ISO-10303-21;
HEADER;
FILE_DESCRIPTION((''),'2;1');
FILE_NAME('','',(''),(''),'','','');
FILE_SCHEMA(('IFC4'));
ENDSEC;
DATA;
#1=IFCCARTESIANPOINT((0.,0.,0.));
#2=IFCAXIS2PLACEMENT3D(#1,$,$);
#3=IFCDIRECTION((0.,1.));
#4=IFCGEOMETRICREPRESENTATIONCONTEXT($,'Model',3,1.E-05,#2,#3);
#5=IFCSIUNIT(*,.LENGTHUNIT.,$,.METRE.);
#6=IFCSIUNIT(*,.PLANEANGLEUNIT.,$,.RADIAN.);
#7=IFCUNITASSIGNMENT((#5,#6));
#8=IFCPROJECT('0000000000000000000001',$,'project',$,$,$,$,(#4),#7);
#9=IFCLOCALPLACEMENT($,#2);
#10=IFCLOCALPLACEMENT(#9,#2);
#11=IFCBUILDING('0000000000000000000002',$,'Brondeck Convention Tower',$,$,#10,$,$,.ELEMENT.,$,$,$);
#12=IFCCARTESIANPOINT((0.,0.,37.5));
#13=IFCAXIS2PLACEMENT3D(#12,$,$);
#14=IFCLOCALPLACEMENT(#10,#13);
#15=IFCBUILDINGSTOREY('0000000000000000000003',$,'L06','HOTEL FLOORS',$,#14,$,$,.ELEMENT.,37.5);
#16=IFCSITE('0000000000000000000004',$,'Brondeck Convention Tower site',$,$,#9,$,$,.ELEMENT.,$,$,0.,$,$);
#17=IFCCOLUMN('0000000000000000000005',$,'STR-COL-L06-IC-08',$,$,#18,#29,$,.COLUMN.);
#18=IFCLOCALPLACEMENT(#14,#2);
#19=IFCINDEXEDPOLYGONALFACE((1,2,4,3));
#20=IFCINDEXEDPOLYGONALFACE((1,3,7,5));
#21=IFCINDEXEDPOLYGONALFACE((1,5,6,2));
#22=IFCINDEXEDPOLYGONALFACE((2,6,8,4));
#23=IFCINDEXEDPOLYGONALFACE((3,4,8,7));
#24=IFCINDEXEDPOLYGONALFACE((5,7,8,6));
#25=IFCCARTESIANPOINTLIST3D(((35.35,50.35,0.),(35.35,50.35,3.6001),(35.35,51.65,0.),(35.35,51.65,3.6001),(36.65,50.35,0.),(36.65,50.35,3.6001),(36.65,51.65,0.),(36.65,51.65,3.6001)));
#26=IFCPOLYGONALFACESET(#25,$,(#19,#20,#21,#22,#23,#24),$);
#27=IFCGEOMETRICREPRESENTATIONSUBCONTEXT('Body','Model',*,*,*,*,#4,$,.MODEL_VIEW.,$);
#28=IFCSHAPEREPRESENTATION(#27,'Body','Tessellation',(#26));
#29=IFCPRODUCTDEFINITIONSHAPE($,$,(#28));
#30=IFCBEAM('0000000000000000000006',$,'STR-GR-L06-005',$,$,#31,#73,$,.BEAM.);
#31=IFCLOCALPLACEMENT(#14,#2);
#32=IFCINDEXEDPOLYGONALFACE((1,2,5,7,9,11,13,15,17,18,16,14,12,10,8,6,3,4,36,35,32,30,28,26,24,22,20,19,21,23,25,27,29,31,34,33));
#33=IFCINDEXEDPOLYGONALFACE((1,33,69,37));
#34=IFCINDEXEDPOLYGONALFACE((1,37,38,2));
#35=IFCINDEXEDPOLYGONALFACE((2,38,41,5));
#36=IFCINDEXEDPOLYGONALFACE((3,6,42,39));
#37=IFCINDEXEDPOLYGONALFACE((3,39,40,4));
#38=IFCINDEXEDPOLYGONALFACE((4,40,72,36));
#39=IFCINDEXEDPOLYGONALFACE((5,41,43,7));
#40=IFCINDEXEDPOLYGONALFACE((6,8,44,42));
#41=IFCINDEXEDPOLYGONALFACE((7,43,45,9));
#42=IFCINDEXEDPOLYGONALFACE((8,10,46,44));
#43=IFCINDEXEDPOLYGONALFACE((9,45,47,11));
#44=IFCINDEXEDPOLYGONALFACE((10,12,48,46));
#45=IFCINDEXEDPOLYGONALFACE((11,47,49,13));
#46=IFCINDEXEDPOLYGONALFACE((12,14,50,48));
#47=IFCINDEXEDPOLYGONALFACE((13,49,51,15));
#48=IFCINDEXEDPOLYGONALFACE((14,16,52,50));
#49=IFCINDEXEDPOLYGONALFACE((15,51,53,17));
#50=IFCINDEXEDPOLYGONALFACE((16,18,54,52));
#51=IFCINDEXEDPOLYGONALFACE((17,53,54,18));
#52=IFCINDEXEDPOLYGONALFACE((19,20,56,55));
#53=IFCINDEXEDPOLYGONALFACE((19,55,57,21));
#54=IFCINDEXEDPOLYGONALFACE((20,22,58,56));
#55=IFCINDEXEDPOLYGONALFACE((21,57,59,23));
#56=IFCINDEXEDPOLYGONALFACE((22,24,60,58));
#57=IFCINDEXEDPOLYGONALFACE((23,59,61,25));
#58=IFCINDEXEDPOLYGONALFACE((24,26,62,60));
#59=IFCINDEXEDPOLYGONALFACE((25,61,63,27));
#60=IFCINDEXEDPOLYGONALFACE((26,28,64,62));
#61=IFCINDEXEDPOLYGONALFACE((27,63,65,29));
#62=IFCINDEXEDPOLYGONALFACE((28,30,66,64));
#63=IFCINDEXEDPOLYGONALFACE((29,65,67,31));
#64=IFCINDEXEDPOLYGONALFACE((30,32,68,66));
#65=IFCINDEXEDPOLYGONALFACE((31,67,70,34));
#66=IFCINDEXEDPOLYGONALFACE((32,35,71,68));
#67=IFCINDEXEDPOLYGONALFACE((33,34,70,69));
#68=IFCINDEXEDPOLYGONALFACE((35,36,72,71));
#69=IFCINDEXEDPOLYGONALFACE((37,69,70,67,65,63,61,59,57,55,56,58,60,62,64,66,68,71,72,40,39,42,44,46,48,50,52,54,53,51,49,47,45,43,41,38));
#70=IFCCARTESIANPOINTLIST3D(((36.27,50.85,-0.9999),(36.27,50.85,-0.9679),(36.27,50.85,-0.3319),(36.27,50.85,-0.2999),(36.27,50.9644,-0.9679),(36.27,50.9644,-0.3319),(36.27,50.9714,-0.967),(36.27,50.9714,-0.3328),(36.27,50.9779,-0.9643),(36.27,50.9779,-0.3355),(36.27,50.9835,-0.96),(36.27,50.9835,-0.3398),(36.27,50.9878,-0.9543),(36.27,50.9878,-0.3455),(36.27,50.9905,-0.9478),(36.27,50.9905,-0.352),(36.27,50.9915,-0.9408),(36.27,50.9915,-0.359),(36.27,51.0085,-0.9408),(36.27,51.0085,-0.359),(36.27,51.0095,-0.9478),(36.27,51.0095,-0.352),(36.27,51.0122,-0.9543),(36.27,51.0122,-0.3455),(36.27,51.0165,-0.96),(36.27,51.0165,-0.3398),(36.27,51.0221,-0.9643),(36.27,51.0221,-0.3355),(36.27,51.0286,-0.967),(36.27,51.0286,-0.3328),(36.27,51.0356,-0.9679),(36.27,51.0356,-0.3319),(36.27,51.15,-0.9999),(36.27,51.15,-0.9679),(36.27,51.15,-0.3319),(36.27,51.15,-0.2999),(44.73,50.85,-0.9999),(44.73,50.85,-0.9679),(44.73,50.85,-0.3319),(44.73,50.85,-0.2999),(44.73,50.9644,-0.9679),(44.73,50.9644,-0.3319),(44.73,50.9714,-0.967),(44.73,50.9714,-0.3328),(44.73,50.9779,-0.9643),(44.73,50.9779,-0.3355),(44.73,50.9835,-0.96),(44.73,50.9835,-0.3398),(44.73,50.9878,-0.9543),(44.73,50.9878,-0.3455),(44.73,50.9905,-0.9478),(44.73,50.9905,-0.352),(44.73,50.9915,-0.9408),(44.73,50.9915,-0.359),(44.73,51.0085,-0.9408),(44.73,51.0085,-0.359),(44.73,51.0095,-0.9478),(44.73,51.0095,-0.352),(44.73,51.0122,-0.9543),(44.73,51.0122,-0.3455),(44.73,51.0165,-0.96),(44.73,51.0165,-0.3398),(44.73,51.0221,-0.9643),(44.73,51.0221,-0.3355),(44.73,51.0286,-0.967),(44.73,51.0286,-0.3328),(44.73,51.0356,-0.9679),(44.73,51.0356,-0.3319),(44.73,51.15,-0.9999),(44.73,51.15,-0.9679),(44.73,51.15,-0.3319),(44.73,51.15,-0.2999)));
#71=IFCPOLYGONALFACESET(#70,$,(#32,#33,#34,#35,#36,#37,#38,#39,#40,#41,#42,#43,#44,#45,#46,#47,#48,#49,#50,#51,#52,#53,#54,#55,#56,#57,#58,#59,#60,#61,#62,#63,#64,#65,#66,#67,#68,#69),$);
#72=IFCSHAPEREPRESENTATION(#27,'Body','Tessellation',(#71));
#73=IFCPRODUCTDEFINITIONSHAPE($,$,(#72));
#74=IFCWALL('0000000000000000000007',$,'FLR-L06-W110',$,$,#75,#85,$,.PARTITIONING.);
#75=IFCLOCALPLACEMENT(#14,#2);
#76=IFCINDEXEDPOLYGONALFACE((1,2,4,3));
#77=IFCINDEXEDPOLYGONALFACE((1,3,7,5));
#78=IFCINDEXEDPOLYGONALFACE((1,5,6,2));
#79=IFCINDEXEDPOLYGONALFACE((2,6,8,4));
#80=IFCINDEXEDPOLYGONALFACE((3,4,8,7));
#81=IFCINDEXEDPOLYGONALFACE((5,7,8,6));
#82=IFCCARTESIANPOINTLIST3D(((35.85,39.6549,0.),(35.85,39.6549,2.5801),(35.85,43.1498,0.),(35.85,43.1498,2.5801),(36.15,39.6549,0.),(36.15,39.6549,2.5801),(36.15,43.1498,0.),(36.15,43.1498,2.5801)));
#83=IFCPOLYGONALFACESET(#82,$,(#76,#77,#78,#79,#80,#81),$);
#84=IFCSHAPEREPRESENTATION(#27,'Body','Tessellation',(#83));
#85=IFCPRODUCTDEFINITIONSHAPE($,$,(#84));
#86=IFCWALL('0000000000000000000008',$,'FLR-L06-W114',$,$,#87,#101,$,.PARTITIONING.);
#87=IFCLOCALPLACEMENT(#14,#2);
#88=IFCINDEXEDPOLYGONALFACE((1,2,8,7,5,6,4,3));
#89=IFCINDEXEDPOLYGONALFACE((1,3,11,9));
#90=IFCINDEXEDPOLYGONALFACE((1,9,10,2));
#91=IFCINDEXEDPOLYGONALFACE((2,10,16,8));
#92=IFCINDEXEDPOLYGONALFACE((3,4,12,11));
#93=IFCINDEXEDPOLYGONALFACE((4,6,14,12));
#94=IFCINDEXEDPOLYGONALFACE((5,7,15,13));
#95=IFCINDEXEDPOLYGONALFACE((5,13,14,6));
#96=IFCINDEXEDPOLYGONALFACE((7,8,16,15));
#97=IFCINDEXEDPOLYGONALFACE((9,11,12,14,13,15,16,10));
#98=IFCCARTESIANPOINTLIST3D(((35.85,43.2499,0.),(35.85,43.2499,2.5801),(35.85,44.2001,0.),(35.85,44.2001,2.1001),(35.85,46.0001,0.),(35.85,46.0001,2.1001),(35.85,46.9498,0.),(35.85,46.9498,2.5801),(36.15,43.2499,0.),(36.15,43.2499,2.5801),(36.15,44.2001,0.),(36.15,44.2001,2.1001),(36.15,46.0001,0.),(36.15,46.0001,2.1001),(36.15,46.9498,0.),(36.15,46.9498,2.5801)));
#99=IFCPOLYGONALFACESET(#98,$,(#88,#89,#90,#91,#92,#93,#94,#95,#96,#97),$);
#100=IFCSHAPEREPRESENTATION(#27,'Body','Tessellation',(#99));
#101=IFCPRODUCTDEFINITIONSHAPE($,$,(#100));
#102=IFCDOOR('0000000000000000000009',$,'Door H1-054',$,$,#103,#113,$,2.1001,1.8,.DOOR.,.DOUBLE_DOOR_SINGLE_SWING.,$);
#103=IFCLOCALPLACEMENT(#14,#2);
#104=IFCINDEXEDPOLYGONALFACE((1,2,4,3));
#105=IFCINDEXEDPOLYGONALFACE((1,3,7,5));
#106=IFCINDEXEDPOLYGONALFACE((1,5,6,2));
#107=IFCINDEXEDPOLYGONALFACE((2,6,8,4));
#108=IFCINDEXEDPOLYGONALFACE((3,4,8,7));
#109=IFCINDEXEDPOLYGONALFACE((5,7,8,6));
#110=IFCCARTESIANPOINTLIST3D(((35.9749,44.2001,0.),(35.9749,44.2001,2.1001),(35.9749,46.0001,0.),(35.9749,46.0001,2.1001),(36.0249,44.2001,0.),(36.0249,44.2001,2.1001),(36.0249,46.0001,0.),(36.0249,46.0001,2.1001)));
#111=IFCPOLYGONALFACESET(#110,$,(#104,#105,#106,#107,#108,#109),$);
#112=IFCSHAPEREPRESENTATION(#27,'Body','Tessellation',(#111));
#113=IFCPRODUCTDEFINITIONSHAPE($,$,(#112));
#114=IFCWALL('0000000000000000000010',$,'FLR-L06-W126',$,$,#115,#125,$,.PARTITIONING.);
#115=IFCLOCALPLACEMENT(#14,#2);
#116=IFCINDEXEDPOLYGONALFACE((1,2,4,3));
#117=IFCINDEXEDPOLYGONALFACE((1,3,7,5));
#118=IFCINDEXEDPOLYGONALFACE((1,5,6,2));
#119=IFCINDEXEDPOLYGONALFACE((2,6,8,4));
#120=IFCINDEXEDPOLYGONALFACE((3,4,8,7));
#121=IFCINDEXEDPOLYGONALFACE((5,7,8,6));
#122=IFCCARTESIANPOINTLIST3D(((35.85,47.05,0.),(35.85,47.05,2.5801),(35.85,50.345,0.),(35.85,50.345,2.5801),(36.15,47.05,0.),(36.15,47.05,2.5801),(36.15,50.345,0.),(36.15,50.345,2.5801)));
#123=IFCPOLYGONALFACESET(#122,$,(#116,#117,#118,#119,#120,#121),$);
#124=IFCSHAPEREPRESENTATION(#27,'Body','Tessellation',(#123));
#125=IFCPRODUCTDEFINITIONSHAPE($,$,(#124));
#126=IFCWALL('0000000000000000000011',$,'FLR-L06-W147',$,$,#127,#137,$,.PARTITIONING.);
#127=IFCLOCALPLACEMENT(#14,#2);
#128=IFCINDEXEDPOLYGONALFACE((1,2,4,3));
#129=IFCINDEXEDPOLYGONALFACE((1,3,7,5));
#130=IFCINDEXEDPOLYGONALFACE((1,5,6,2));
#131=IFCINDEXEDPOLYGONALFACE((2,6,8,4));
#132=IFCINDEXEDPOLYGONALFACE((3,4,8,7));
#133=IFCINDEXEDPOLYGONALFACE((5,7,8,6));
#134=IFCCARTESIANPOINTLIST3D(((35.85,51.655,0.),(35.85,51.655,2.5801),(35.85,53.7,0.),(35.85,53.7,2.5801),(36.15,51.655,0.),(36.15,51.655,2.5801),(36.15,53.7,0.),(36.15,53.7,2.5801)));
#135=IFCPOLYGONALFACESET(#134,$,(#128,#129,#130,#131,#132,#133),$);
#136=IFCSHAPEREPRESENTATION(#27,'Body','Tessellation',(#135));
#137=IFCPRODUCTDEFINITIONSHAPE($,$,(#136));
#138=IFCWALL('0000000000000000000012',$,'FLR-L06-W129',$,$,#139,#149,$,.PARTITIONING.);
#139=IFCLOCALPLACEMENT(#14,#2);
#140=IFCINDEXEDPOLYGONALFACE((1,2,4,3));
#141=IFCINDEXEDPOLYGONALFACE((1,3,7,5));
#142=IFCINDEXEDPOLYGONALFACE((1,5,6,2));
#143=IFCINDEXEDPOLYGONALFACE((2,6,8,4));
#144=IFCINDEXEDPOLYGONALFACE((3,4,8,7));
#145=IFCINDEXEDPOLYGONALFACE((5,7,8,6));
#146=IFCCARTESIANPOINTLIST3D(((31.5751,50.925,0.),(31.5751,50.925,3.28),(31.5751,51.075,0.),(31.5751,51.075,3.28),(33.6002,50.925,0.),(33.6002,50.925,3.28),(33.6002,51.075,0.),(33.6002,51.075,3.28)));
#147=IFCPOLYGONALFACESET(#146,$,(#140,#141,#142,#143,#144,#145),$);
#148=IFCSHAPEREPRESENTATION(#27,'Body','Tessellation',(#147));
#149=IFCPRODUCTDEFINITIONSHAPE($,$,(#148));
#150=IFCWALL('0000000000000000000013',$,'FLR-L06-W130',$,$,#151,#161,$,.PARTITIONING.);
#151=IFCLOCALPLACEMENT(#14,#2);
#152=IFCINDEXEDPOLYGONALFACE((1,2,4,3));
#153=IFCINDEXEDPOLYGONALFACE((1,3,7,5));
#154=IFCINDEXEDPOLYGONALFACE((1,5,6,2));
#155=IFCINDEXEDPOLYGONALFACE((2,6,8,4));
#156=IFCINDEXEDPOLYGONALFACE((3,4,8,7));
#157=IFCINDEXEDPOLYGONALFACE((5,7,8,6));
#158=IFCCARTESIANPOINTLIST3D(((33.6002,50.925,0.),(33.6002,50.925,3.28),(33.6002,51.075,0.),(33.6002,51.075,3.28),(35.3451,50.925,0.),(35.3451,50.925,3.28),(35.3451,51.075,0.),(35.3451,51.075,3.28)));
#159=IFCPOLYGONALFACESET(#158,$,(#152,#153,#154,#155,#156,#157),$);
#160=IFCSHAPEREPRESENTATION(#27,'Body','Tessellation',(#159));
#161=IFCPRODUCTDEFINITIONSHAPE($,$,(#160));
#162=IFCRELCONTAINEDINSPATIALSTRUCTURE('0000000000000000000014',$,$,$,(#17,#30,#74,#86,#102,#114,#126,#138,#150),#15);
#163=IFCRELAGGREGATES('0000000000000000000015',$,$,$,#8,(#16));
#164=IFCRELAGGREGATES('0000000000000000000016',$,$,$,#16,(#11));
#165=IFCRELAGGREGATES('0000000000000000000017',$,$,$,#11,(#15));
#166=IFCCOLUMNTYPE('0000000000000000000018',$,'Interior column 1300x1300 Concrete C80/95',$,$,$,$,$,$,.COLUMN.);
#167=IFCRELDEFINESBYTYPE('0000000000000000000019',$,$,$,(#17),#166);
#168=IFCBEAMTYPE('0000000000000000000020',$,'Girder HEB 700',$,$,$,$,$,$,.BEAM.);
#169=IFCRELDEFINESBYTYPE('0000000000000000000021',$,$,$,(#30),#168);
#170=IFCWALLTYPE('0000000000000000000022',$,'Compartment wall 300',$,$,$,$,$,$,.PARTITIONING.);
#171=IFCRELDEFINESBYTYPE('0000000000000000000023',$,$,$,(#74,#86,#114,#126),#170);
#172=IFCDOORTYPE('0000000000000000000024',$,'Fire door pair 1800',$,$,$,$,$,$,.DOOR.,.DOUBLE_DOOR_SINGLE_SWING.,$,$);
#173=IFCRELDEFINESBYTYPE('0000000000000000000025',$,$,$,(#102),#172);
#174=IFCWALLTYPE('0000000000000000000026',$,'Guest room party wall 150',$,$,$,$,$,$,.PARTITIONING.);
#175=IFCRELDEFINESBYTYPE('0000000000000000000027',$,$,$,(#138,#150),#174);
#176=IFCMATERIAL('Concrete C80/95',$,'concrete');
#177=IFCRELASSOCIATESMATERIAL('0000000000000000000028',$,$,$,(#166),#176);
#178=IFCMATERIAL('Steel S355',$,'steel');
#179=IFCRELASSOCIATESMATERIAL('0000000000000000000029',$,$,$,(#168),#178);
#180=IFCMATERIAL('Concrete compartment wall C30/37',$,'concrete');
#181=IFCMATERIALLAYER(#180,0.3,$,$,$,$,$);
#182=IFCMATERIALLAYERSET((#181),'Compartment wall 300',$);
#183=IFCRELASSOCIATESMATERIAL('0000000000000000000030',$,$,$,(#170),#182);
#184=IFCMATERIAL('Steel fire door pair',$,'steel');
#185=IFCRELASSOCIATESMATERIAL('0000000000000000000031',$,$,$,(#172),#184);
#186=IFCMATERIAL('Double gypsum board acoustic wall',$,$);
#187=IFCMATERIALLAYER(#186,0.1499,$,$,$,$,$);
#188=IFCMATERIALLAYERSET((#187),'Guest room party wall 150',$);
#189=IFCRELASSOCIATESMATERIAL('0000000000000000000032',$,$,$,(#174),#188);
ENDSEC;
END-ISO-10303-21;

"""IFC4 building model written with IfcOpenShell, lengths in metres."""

from ifc_helpers import new_model, si_unit, direction, frame, frame_2d, origin, origin_2d, place, context, subcontext, project, spatial, rectangle, i_section, extrude, material, layer, layer_set, material_profile, profile_set, type_object, element, fill, save


model = new_model("IFC4")

# Units and contexts
model_context = context("Model", 3, precision=1e-05, world=origin(), true_north=direction((0.0, 1.0)))
body_context = subcontext(model_context, "Body", "Model", "MODEL_VIEW")
ifc_project = project(units=[si_unit("LENGTHUNIT", "METRE"), si_unit("PLANEANGLEUNIT", "RADIAN")], contexts=[model_context])

# Site, building, storey
site_placement = place(None, origin())
site = spatial("IfcSite", under=ifc_project, at=site_placement, Name="Brondeck Convention Tower site", CompositionType="ELEMENT", RefElevation=0.0)
building_placement = place(site_placement, origin())
building = spatial("IfcBuilding", under=site, at=building_placement, Name="Brondeck Convention Tower", CompositionType="ELEMENT")
storey_placement = place(building_placement, frame((0.0, 0.0, 37.5)))
storey = spatial("IfcBuildingStorey", under=building, at=storey_placement, Name="L06", Description="HOTEL FLOORS", CompositionType="ELEMENT", Elevation=37.5)

# Column
ifc_material_1 = material(Name="Concrete C80/95", Category="concrete")
ifc_material_profile_1 = material_profile(ifc_material_1, rectangle(XDim=1.3, YDim=1.3, at=origin_2d()), Name="Interior column 1300x1300 Concrete C80/95")
ifc_profile_set_1 = profile_set([ifc_material_profile_1], Name="Concrete C80/95")
column_type = type_object("IfcColumnType", Name="Interior column 1300x1300 Concrete C80/95", PredefinedType="COLUMN", material=ifc_profile_set_1)
column_placement = place(storey_placement, frame((36.0, 51.0, 0.0), z_axis=(0.0, 0.0, 1.0), x_axis=(1.0, 0.0, 0.0)))
element("IfcColumn", 1, at=column_placement, inside=storey, type_object=column_type, Name="STR-COL-L06-IC-08", PredefinedType="COLUMN", context=body_context, shape_type="SweptSolid", body=[
    extrude(rectangle(XDim=1.3, YDim=1.3, at=origin_2d()), origin(), (0.0, 0.0, 1.0), 3.6001),
])

# Beam
ifc_material_2 = material(Name="Steel S355", Category="steel")
ifc_material_profile_2 = material_profile(ifc_material_2, i_section(OverallWidth=0.3, OverallDepth=0.7, WebThickness=0.0171, FlangeThickness=0.032, FilletRadius=0.0271, at=origin_2d()), Name="HEB 700")
ifc_profile_set_2 = profile_set([ifc_material_profile_2], Name="Steel S355")
beam_type = type_object("IfcBeamType", Name="Girder HEB 700", PredefinedType="BEAM", material=ifc_profile_set_2)
beam_placement = place(storey_placement, frame((36.27, 51.0, -0.6499), z_axis=(1.0, 0.0, 0.0), x_axis=(0.0, 1.0, 0.0)))
element("IfcBeam", 2, at=beam_placement, inside=storey, type_object=beam_type, Name="STR-GR-L06-005", PredefinedType="BEAM", context=body_context, shape_type="SweptSolid", body=[
    extrude(i_section(OverallWidth=0.3, OverallDepth=0.7, WebThickness=0.0171, FlangeThickness=0.032, FilletRadius=0.0271, at=origin_2d()), origin(), (0.0, 0.0, 1.0), 8.46),
])

# Wall
ifc_material_3 = material(Name="Concrete compartment wall C30/37", Category="concrete")
ifc_layer_1 = layer(ifc_material_3, 0.3)
ifc_layer_set_1 = layer_set([ifc_layer_1], Name="Compartment wall 300")
wall_type_1 = type_object("IfcWallType", Name="Compartment wall 300", PredefinedType="PARTITIONING", material=ifc_layer_set_1)
wall_1_placement = place(storey_placement, frame((36.0, 43.1499, 0.0), z_axis=(0.0, 0.0, 1.0), x_axis=(0.0, -1.0, 0.0)))
element("IfcWall", 3, at=wall_1_placement, inside=storey, type_object=wall_type_1, Name="FLR-L06-W110", PredefinedType="PARTITIONING", context=body_context, shape_type="SweptSolid", body=[
    extrude(rectangle(XDim=3.4949, YDim=0.3, at=frame_2d((1.7476, 0.0))), origin(), (0.0, 0.0, 1.0), 2.5801),
])

# Wall, opening, door
wall_2_placement = place(storey_placement, frame((36.0, 46.95, 0.0), z_axis=(0.0, 0.0, 1.0), x_axis=(0.0, -1.0, 0.0)))
wall_2 = element("IfcWall", 4, at=wall_2_placement, inside=storey, type_object=wall_type_1, Name="FLR-L06-W114", PredefinedType="PARTITIONING", context=body_context, shape_type="SweptSolid", body=[
    extrude(rectangle(XDim=3.7, YDim=0.3, at=frame_2d((1.8501, 0.0))), origin(), (0.0, 0.0, 1.0), 2.5801),
])
opening_1_placement = place(wall_2_placement, frame((0.95, 0.0, 0.0)))
opening_1 = element("IfcOpeningElement", 5, at=opening_1_placement, cuts=wall_2, PredefinedType="OPENING", context=body_context, shape_type="SweptSolid", body=[
    extrude(rectangle(XDim=1.8, YDim=2.1001, at=frame_2d((0.8999, 1.05))), frame((0.0, 0.1599, 0.0), z_axis=(0.0, -1.0, 0.0), x_axis=(1.0, 0.0, 0.0)), (0.0, 0.0, 1.0), 0.3201),
])
ifc_material_4 = material(Name="Steel fire door pair", Category="steel")
door_type_1 = type_object("IfcDoorType", Name="Fire door pair 1800", OperationType="DOUBLE_DOOR_SINGLE_SWING", PredefinedType="DOOR", material=ifc_material_4)
door_1_placement = place(opening_1_placement, origin())
door_1 = element("IfcDoor", 6, at=door_1_placement, inside=storey, type_object=door_type_1, Name="Door H1-054", OperationType="DOUBLE_DOOR_SINGLE_SWING", OverallHeight=2.1001, OverallWidth=1.8, PredefinedType="DOOR", context=body_context, shape_type="SweptSolid", body=[
    extrude(rectangle(XDim=1.8, YDim=2.1001, at=frame_2d((0.8999, 1.05))), frame((0.0, 0.0249, 0.0), z_axis=(0.0, -1.0, 0.0), x_axis=(1.0, 0.0, 0.0)), (0.0, 0.0, 1.0), 0.05),
])
fill(opening_1, door_1)

# Walls
wall_3_placement = place(storey_placement, frame((36.0, 50.345, 0.0), z_axis=(0.0, 0.0, 1.0), x_axis=(0.0, -1.0, 0.0)))
element("IfcWall", 7, at=wall_3_placement, inside=storey, type_object=wall_type_1, Name="FLR-L06-W126", PredefinedType="PARTITIONING", context=body_context, shape_type="SweptSolid", body=[
    extrude(rectangle(XDim=3.2949, YDim=0.3, at=frame_2d((1.6475, 0.0))), origin(), (0.0, 0.0, 1.0), 2.5801),
])
wall_4_placement = place(storey_placement, frame((36.0, 53.7, 0.0), z_axis=(0.0, 0.0, 1.0), x_axis=(0.0, -1.0, 0.0)))
element("IfcWall", 8, at=wall_4_placement, inside=storey, type_object=wall_type_1, Name="FLR-L06-W147", PredefinedType="PARTITIONING", context=body_context, shape_type="SweptSolid", body=[
    extrude(rectangle(XDim=2.0449, YDim=0.3, at=frame_2d((1.0225, 0.0))), origin(), (0.0, 0.0, 1.0), 2.5801),
])
ifc_material_5 = material(Name="Double gypsum board acoustic wall")
ifc_layer_2 = layer(ifc_material_5, 0.1499)
ifc_layer_set_2 = layer_set([ifc_layer_2], Name="Guest room party wall 150")
wall_type_2 = type_object("IfcWallType", Name="Guest room party wall 150", PredefinedType="PARTITIONING", material=ifc_layer_set_2)
wall_5_placement = place(storey_placement, frame((31.575, 51.0, 0.0), z_axis=(0.0, 0.0, 1.0), x_axis=(1.0, 0.0, 0.0)))
element("IfcWall", 9, at=wall_5_placement, inside=storey, type_object=wall_type_2, Name="FLR-L06-W129", PredefinedType="PARTITIONING", context=body_context, shape_type="SweptSolid", body=[
    extrude(rectangle(XDim=2.0251, YDim=0.1499, at=frame_2d((1.0127, 0.0))), origin(), (0.0, 0.0, 1.0), 3.28),
])
wall_6_placement = place(storey_placement, frame((33.6001, 51.0, 0.0), z_axis=(0.0, 0.0, 1.0), x_axis=(1.0, 0.0, 0.0)))
element("IfcWall", 10, at=wall_6_placement, inside=storey, type_object=wall_type_2, Name="FLR-L06-W130", PredefinedType="PARTITIONING", context=body_context, shape_type="SweptSolid", body=[
    extrude(rectangle(XDim=1.7449, YDim=0.1499, at=frame_2d((0.8726, 0.0))), origin(), (0.0, 0.0, 1.0), 3.28),
])

save(model, "model.ifc")
